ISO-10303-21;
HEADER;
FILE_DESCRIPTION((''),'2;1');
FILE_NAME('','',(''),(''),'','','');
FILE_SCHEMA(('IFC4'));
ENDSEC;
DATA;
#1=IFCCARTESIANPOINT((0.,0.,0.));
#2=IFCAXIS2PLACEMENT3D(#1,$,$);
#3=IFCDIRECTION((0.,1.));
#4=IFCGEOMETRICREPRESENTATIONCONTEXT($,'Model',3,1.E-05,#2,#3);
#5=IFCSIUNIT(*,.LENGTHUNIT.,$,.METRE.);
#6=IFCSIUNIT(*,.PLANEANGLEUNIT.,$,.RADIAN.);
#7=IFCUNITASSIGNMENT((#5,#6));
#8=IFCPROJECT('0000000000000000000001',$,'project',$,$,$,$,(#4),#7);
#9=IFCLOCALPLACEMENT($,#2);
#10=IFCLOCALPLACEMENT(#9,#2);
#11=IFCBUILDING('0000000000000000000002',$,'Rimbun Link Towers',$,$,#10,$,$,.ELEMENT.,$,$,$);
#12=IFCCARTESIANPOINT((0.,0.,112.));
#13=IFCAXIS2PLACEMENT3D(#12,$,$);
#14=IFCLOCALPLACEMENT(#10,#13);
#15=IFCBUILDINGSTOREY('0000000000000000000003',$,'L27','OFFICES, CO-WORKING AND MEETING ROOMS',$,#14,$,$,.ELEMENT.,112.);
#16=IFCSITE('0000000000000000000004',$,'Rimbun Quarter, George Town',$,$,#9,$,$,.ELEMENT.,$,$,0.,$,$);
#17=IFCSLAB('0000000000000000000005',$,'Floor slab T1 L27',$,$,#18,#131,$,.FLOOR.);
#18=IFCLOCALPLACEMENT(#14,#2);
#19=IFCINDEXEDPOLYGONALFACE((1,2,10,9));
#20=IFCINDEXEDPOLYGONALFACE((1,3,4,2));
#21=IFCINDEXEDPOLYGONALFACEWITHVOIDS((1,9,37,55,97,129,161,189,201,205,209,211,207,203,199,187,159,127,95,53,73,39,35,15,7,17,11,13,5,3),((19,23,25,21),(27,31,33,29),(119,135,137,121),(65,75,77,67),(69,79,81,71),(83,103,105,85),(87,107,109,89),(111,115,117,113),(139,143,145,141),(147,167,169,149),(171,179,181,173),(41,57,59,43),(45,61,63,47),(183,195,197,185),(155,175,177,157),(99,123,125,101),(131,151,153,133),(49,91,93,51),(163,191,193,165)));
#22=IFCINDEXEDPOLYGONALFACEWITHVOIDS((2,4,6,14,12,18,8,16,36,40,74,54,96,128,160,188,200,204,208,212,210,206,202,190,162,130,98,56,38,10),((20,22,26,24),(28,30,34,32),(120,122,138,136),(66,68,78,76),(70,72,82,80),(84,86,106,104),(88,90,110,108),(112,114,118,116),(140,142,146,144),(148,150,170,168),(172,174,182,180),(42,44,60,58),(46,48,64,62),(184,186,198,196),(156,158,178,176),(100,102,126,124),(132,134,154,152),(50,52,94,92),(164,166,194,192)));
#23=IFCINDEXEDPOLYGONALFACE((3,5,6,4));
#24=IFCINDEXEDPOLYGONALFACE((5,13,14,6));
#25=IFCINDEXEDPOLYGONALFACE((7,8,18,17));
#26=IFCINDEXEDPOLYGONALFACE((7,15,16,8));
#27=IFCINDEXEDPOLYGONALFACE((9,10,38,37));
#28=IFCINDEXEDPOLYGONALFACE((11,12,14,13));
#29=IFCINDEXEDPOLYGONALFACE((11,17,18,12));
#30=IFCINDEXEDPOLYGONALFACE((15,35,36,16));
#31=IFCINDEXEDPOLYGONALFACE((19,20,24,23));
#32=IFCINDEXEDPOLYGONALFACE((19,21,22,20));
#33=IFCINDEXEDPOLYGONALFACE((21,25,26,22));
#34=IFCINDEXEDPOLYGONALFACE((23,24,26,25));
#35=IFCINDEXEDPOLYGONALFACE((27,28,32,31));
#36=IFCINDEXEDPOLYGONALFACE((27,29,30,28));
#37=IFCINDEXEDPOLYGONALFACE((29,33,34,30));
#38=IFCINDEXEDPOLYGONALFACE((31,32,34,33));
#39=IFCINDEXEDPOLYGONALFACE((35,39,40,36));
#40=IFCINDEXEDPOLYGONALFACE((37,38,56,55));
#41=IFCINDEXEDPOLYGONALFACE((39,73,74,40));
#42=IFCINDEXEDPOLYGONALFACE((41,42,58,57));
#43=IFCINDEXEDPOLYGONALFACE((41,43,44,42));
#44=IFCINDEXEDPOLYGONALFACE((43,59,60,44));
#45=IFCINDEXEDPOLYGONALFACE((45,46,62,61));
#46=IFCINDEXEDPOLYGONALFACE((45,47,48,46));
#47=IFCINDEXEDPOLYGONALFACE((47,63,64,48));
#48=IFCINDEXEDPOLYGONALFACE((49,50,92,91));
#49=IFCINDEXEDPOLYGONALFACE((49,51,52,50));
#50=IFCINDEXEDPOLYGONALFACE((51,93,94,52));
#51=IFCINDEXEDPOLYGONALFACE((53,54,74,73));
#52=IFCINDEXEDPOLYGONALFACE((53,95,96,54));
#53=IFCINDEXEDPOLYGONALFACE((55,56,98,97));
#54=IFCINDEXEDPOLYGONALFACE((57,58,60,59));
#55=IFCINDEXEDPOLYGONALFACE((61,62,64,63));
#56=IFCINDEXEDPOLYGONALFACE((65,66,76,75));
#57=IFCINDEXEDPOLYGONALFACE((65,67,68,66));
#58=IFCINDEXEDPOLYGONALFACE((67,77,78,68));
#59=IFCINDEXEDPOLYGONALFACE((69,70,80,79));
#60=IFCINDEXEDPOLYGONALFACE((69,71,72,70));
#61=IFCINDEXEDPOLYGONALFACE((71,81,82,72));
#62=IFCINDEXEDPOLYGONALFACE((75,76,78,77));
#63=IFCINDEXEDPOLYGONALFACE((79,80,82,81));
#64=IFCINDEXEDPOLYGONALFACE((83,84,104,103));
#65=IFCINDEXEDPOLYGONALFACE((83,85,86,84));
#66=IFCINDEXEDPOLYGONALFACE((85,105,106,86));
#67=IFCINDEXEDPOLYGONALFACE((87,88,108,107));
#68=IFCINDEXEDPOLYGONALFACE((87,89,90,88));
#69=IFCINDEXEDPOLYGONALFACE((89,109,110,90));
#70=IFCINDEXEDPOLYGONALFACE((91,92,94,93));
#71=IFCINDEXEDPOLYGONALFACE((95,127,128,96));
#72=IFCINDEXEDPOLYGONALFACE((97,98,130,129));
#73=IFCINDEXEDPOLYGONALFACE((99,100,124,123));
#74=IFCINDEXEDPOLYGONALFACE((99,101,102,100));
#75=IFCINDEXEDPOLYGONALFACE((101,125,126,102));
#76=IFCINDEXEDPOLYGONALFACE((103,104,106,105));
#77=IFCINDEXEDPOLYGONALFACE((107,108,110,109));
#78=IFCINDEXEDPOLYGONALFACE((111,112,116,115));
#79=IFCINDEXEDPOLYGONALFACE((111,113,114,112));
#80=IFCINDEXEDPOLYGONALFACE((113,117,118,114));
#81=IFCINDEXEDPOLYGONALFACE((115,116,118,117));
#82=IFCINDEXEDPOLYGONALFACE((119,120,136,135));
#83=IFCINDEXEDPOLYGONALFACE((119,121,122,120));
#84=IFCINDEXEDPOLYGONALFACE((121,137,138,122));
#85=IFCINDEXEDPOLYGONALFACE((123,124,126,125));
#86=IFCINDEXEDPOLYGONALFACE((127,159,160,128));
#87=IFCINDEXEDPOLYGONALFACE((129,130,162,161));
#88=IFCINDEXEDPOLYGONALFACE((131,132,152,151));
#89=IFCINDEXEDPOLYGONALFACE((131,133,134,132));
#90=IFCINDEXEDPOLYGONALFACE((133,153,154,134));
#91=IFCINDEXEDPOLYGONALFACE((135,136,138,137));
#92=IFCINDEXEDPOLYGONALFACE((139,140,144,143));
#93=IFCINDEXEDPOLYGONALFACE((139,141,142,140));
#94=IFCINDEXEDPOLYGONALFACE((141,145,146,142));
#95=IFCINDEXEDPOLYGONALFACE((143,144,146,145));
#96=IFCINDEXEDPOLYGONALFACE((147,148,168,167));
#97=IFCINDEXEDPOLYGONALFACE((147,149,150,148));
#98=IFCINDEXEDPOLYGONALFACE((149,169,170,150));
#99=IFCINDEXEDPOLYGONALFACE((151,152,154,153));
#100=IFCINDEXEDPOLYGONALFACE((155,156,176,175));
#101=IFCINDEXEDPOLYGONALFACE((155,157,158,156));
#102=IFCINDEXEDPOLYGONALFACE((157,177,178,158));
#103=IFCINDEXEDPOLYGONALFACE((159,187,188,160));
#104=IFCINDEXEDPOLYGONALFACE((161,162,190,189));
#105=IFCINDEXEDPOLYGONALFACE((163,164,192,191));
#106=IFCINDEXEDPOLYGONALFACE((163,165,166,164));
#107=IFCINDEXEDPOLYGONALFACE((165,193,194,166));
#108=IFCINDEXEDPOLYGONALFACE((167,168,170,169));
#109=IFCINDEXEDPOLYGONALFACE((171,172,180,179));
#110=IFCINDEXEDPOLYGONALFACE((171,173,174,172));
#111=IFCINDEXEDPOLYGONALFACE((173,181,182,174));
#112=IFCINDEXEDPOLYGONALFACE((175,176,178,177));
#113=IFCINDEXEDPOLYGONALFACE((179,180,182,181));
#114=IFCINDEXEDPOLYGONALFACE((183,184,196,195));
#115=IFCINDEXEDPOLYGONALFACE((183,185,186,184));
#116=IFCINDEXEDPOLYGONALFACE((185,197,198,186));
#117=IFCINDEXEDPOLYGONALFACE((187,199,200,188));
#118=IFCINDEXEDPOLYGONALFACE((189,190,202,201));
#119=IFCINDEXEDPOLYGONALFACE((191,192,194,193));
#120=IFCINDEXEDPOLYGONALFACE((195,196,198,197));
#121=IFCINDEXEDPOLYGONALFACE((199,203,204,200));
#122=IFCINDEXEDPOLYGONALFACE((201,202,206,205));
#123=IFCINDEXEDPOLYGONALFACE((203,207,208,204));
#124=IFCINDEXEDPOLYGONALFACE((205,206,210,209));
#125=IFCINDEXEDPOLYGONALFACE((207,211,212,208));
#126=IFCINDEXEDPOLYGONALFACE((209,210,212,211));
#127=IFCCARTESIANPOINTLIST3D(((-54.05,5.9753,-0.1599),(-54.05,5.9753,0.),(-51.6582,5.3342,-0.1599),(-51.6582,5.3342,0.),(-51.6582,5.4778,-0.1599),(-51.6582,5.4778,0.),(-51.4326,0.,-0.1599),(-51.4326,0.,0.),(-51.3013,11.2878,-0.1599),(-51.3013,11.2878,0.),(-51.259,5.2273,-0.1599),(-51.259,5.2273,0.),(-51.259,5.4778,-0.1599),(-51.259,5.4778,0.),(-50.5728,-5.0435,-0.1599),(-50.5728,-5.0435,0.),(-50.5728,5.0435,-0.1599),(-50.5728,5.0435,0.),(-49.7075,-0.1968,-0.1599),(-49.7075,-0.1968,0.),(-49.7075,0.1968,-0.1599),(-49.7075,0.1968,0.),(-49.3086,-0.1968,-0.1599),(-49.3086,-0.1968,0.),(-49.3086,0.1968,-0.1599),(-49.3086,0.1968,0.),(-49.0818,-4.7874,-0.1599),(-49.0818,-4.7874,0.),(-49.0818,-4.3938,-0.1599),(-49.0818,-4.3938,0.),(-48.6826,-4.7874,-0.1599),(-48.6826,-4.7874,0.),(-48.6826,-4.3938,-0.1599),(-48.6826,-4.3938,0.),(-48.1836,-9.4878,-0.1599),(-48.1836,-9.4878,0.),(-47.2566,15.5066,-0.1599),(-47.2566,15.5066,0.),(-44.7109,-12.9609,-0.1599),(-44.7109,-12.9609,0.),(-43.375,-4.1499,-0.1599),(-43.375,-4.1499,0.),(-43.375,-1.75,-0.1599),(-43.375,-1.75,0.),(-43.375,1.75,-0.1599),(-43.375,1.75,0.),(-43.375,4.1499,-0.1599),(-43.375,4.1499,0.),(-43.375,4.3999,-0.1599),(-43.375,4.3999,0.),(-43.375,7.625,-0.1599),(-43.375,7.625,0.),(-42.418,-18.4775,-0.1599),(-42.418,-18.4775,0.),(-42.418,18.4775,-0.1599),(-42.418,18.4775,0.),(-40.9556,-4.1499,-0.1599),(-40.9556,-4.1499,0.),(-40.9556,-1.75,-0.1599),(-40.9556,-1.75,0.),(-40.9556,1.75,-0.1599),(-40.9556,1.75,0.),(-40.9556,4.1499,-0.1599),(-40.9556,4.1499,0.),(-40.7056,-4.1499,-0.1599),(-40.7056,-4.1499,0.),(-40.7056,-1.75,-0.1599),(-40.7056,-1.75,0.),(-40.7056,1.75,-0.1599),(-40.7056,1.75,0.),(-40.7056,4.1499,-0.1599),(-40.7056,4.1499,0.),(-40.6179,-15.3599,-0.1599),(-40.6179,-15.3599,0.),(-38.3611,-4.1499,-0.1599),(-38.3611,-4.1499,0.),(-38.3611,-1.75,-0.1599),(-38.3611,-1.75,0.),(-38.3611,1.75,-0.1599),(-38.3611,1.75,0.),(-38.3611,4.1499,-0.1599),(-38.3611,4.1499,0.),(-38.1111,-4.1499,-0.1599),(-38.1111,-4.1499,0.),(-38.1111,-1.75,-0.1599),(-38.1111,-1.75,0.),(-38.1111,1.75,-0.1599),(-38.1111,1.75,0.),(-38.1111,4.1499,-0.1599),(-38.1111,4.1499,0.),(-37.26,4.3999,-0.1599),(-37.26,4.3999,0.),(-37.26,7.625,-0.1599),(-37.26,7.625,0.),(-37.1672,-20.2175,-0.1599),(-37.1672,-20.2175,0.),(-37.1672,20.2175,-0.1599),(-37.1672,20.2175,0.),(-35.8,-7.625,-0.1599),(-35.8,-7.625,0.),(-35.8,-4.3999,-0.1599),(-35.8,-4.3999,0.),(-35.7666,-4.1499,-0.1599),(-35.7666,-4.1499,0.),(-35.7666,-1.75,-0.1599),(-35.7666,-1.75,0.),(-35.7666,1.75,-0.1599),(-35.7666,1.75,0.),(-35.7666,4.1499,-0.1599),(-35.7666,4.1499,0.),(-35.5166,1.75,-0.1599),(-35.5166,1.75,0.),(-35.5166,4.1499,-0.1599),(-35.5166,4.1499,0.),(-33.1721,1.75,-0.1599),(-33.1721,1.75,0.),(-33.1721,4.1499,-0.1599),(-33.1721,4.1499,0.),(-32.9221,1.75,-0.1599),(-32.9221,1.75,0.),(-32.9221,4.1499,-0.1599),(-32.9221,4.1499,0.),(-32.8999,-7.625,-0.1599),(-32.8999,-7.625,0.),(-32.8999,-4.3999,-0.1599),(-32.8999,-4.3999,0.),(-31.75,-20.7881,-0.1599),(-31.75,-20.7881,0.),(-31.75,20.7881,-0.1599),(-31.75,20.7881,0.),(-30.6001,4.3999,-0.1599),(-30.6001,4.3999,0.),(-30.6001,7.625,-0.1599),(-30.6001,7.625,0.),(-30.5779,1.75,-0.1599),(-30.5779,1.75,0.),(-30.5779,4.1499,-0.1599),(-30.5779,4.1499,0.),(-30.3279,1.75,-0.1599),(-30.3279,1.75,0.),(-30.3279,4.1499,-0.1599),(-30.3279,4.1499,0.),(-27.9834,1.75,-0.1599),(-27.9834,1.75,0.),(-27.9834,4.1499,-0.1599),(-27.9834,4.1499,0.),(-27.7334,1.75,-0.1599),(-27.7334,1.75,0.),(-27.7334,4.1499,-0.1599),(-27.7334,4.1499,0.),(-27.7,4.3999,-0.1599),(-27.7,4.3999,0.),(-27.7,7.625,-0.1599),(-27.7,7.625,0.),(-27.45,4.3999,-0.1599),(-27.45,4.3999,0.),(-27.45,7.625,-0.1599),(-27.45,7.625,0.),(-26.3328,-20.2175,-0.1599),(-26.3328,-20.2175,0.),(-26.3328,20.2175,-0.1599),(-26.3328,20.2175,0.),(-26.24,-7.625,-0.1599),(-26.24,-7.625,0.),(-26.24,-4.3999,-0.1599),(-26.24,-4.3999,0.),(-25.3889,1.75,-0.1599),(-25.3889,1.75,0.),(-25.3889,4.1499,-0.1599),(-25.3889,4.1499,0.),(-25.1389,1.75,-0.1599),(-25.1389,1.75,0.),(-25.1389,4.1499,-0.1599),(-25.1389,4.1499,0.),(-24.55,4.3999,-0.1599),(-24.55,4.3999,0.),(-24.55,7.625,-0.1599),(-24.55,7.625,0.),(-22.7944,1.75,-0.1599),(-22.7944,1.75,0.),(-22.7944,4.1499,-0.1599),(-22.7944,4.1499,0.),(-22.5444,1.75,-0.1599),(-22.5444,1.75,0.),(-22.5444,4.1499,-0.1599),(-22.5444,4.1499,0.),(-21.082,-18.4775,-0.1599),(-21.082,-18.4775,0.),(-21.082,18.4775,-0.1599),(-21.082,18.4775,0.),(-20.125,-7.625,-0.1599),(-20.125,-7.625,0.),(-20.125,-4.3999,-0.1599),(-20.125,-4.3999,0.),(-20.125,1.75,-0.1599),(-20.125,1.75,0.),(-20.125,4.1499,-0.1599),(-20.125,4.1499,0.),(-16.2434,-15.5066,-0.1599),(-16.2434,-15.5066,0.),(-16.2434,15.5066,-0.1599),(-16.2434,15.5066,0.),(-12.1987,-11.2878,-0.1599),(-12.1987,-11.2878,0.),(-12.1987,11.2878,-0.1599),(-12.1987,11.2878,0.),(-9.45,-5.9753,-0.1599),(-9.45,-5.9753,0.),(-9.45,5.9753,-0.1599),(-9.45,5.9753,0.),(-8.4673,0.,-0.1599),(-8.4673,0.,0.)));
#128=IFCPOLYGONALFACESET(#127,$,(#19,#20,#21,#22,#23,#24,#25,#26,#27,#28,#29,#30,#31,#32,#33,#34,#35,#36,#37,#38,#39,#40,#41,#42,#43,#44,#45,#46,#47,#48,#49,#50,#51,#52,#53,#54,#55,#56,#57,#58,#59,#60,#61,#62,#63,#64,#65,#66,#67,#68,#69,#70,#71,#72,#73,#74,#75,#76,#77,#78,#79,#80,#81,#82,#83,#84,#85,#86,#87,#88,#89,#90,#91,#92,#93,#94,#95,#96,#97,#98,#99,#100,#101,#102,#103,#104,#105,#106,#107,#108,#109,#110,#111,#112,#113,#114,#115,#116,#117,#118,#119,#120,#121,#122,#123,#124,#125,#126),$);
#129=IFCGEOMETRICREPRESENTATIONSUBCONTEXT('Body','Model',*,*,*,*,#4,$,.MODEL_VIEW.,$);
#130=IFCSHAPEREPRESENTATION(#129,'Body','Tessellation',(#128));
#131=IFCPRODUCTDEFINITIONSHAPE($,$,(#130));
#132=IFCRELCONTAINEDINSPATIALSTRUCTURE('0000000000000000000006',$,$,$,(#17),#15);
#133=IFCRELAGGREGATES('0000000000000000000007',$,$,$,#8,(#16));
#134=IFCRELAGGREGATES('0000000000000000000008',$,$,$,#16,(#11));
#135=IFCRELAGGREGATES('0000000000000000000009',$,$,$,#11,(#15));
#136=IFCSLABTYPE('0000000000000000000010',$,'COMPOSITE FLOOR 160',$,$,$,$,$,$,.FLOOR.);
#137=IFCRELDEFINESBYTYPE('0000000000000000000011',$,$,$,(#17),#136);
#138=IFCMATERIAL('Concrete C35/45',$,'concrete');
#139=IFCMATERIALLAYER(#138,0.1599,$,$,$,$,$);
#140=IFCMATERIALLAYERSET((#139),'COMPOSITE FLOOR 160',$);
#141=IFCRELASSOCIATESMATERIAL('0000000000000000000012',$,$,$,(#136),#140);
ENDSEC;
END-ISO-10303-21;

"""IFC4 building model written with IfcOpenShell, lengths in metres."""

from ifc_helpers import new_model, si_unit, direction, frame, origin, place, context, subcontext, project, spatial, polyline, outline, extrude, material, layer, layer_set, type_object, element, save


model = new_model("IFC4")

# Units and contexts
model_context = context("Model", 3, precision=1e-05, world=origin(), true_north=direction((0.0, 1.0)))
body_context = subcontext(model_context, "Body", "Model", "MODEL_VIEW")
ifc_project = project(units=[si_unit("LENGTHUNIT", "METRE"), si_unit("PLANEANGLEUNIT", "RADIAN")], contexts=[model_context])

# Site, building, storey
site_placement = place(None, origin())
site = spatial("IfcSite", under=ifc_project, at=site_placement, Name="Rimbun Quarter, George Town", CompositionType="ELEMENT", RefElevation=0.0)
building_placement = place(site_placement, origin())
building = spatial("IfcBuilding", under=site, at=building_placement, Name="Rimbun Link Towers", CompositionType="ELEMENT")
storey_placement = place(building_placement, frame((0.0, 0.0, 112.0)))
storey = spatial("IfcBuildingStorey", under=building, at=storey_placement, Name="L27", Description="OFFICES, CO-WORKING AND MEETING ROOMS", CompositionType="ELEMENT", Elevation=112.0)

# Slab
ifc_material_1 = material(Name="Concrete C35/45", Category="concrete")
ifc_layer_1 = layer(ifc_material_1, 0.1599)
ifc_layer_set_1 = layer_set([ifc_layer_1], Name="COMPOSITE FLOOR 160")
slab_type = type_object("IfcSlabType", Name="COMPOSITE FLOOR 160", PredefinedType="FLOOR", material=ifc_layer_set_1)
slab_1_placement = place(storey_placement, frame((0.0, 0.0, -0.1599)))
element("IfcSlab", 1, at=slab_1_placement, inside=storey, type_object=slab_type, Name="Floor slab T1 L27", PredefinedType="FLOOR", context=body_context, shape_type="SweptSolid", body=[
    extrude(outline(polyline([(-54.05, 5.9753), (-51.3013, 11.2878), (-47.2566, 15.5066), (-42.418, 18.4775), (-37.1672, 20.2175), (-31.75, 20.7881), (-26.3328, 20.2175), (-21.082, 18.4775), (-16.2434, 15.5066), (-12.1987, 11.2878), (-9.45, 5.9753), (-8.4673, 0.0), (-9.45, -5.9753), (-12.1987, -11.2878), (-16.2434, -15.5066), (-21.082, -18.4775), (-26.3328, -20.2175), (-31.75, -20.7881), (-37.1672, -20.2175), (-42.418, -18.4775), (-40.6179, -15.3599), (-44.7109, -12.9609), (-48.1836, -9.4878), (-50.5728, -5.0435), (-51.4326, 0.0), (-50.5728, 5.0435), (-51.259, 5.2273), (-51.259, 5.4778), (-51.6582, 5.4778), (-51.6582, 5.3342), (-54.05, 5.9753)]), holes=[polyline([(-48.6826, -4.7874), (-48.6826, -4.3938), (-49.0818, -4.3938), (-49.0818, -4.7874), (-48.6826, -4.7874)]), polyline([(-40.9556, -4.1499), (-40.9556, -1.75), (-43.375, -1.75), (-43.375, -4.1499), (-40.9556, -4.1499)]), polyline([(-38.3611, -4.1499), (-38.3611, -1.75), (-40.7056, -1.75), (-40.7056, -4.1499), (-38.3611, -4.1499)]), polyline([(-38.1111, -4.1499), (-35.7666, -4.1499), (-35.7666, -1.75), (-38.1111, -1.75), (-38.1111, -4.1499)]), polyline([(-49.7075, -0.1968), (-49.3086, -0.1968), (-49.3086, 0.1968), (-49.7075, 0.1968), (-49.7075, -0.1968)]), polyline([(-40.9556, 1.75), (-40.9556, 4.1499), (-43.375, 4.1499), (-43.375, 1.75), (-40.9556, 1.75)]), polyline([(-38.3611, 1.75), (-38.3611, 4.1499), (-40.7056, 4.1499), (-40.7056, 1.75), (-38.3611, 1.75)]), polyline([(-35.7666, 1.75), (-35.7666, 4.1499), (-38.1111, 4.1499), (-38.1111, 1.75), (-35.7666, 1.75)]), polyline([(-43.375, 4.3999), (-37.26, 4.3999), (-37.26, 7.625), (-43.375, 7.625), (-43.375, 4.3999)]), polyline([(-32.8999, -7.625), (-32.8999, -4.3999), (-35.8, -4.3999), (-35.8, -7.625), (-32.8999, -7.625)]), polyline([(-20.125, -7.625), (-20.125, -4.3999), (-26.24, -4.3999), (-26.24, -7.625), (-20.125, -7.625)]), polyline([(-33.1721, 1.75), (-33.1721, 4.1499), (-35.5166, 4.1499), (-35.5166, 1.75), (-33.1721, 1.75)]), polyline([(-32.9221, 1.75), (-30.5779, 1.75), (-30.5779, 4.1499), (-32.9221, 4.1499), (-32.9221, 1.75)]), polyline([(-30.3279, 1.75), (-27.9834, 1.75), (-27.9834, 4.1499), (-30.3279, 4.1499), (-30.3279, 1.75)]), polyline([(-25.3889, 1.75), (-25.3889, 4.1499), (-27.7334, 4.1499), (-27.7334, 1.75), (-25.3889, 1.75)]), polyline([(-22.7944, 1.75), (-22.7944, 4.1499), (-25.1389, 4.1499), (-25.1389, 1.75), (-22.7944, 1.75)]), polyline([(-20.125, 1.75), (-20.125, 4.1499), (-22.5444, 4.1499), (-22.5444, 1.75), (-20.125, 1.75)]), polyline([(-30.6001, 4.3999), (-27.7, 4.3999), (-27.7, 7.625), (-30.6001, 7.625), (-30.6001, 4.3999)]), polyline([(-27.45, 4.3999), (-24.55, 4.3999), (-24.55, 7.625), (-27.45, 7.625), (-27.45, 4.3999)])]), origin(), (0.0, 0.0, 1.0), 0.1599),
])

save(model, "model.ifc")
